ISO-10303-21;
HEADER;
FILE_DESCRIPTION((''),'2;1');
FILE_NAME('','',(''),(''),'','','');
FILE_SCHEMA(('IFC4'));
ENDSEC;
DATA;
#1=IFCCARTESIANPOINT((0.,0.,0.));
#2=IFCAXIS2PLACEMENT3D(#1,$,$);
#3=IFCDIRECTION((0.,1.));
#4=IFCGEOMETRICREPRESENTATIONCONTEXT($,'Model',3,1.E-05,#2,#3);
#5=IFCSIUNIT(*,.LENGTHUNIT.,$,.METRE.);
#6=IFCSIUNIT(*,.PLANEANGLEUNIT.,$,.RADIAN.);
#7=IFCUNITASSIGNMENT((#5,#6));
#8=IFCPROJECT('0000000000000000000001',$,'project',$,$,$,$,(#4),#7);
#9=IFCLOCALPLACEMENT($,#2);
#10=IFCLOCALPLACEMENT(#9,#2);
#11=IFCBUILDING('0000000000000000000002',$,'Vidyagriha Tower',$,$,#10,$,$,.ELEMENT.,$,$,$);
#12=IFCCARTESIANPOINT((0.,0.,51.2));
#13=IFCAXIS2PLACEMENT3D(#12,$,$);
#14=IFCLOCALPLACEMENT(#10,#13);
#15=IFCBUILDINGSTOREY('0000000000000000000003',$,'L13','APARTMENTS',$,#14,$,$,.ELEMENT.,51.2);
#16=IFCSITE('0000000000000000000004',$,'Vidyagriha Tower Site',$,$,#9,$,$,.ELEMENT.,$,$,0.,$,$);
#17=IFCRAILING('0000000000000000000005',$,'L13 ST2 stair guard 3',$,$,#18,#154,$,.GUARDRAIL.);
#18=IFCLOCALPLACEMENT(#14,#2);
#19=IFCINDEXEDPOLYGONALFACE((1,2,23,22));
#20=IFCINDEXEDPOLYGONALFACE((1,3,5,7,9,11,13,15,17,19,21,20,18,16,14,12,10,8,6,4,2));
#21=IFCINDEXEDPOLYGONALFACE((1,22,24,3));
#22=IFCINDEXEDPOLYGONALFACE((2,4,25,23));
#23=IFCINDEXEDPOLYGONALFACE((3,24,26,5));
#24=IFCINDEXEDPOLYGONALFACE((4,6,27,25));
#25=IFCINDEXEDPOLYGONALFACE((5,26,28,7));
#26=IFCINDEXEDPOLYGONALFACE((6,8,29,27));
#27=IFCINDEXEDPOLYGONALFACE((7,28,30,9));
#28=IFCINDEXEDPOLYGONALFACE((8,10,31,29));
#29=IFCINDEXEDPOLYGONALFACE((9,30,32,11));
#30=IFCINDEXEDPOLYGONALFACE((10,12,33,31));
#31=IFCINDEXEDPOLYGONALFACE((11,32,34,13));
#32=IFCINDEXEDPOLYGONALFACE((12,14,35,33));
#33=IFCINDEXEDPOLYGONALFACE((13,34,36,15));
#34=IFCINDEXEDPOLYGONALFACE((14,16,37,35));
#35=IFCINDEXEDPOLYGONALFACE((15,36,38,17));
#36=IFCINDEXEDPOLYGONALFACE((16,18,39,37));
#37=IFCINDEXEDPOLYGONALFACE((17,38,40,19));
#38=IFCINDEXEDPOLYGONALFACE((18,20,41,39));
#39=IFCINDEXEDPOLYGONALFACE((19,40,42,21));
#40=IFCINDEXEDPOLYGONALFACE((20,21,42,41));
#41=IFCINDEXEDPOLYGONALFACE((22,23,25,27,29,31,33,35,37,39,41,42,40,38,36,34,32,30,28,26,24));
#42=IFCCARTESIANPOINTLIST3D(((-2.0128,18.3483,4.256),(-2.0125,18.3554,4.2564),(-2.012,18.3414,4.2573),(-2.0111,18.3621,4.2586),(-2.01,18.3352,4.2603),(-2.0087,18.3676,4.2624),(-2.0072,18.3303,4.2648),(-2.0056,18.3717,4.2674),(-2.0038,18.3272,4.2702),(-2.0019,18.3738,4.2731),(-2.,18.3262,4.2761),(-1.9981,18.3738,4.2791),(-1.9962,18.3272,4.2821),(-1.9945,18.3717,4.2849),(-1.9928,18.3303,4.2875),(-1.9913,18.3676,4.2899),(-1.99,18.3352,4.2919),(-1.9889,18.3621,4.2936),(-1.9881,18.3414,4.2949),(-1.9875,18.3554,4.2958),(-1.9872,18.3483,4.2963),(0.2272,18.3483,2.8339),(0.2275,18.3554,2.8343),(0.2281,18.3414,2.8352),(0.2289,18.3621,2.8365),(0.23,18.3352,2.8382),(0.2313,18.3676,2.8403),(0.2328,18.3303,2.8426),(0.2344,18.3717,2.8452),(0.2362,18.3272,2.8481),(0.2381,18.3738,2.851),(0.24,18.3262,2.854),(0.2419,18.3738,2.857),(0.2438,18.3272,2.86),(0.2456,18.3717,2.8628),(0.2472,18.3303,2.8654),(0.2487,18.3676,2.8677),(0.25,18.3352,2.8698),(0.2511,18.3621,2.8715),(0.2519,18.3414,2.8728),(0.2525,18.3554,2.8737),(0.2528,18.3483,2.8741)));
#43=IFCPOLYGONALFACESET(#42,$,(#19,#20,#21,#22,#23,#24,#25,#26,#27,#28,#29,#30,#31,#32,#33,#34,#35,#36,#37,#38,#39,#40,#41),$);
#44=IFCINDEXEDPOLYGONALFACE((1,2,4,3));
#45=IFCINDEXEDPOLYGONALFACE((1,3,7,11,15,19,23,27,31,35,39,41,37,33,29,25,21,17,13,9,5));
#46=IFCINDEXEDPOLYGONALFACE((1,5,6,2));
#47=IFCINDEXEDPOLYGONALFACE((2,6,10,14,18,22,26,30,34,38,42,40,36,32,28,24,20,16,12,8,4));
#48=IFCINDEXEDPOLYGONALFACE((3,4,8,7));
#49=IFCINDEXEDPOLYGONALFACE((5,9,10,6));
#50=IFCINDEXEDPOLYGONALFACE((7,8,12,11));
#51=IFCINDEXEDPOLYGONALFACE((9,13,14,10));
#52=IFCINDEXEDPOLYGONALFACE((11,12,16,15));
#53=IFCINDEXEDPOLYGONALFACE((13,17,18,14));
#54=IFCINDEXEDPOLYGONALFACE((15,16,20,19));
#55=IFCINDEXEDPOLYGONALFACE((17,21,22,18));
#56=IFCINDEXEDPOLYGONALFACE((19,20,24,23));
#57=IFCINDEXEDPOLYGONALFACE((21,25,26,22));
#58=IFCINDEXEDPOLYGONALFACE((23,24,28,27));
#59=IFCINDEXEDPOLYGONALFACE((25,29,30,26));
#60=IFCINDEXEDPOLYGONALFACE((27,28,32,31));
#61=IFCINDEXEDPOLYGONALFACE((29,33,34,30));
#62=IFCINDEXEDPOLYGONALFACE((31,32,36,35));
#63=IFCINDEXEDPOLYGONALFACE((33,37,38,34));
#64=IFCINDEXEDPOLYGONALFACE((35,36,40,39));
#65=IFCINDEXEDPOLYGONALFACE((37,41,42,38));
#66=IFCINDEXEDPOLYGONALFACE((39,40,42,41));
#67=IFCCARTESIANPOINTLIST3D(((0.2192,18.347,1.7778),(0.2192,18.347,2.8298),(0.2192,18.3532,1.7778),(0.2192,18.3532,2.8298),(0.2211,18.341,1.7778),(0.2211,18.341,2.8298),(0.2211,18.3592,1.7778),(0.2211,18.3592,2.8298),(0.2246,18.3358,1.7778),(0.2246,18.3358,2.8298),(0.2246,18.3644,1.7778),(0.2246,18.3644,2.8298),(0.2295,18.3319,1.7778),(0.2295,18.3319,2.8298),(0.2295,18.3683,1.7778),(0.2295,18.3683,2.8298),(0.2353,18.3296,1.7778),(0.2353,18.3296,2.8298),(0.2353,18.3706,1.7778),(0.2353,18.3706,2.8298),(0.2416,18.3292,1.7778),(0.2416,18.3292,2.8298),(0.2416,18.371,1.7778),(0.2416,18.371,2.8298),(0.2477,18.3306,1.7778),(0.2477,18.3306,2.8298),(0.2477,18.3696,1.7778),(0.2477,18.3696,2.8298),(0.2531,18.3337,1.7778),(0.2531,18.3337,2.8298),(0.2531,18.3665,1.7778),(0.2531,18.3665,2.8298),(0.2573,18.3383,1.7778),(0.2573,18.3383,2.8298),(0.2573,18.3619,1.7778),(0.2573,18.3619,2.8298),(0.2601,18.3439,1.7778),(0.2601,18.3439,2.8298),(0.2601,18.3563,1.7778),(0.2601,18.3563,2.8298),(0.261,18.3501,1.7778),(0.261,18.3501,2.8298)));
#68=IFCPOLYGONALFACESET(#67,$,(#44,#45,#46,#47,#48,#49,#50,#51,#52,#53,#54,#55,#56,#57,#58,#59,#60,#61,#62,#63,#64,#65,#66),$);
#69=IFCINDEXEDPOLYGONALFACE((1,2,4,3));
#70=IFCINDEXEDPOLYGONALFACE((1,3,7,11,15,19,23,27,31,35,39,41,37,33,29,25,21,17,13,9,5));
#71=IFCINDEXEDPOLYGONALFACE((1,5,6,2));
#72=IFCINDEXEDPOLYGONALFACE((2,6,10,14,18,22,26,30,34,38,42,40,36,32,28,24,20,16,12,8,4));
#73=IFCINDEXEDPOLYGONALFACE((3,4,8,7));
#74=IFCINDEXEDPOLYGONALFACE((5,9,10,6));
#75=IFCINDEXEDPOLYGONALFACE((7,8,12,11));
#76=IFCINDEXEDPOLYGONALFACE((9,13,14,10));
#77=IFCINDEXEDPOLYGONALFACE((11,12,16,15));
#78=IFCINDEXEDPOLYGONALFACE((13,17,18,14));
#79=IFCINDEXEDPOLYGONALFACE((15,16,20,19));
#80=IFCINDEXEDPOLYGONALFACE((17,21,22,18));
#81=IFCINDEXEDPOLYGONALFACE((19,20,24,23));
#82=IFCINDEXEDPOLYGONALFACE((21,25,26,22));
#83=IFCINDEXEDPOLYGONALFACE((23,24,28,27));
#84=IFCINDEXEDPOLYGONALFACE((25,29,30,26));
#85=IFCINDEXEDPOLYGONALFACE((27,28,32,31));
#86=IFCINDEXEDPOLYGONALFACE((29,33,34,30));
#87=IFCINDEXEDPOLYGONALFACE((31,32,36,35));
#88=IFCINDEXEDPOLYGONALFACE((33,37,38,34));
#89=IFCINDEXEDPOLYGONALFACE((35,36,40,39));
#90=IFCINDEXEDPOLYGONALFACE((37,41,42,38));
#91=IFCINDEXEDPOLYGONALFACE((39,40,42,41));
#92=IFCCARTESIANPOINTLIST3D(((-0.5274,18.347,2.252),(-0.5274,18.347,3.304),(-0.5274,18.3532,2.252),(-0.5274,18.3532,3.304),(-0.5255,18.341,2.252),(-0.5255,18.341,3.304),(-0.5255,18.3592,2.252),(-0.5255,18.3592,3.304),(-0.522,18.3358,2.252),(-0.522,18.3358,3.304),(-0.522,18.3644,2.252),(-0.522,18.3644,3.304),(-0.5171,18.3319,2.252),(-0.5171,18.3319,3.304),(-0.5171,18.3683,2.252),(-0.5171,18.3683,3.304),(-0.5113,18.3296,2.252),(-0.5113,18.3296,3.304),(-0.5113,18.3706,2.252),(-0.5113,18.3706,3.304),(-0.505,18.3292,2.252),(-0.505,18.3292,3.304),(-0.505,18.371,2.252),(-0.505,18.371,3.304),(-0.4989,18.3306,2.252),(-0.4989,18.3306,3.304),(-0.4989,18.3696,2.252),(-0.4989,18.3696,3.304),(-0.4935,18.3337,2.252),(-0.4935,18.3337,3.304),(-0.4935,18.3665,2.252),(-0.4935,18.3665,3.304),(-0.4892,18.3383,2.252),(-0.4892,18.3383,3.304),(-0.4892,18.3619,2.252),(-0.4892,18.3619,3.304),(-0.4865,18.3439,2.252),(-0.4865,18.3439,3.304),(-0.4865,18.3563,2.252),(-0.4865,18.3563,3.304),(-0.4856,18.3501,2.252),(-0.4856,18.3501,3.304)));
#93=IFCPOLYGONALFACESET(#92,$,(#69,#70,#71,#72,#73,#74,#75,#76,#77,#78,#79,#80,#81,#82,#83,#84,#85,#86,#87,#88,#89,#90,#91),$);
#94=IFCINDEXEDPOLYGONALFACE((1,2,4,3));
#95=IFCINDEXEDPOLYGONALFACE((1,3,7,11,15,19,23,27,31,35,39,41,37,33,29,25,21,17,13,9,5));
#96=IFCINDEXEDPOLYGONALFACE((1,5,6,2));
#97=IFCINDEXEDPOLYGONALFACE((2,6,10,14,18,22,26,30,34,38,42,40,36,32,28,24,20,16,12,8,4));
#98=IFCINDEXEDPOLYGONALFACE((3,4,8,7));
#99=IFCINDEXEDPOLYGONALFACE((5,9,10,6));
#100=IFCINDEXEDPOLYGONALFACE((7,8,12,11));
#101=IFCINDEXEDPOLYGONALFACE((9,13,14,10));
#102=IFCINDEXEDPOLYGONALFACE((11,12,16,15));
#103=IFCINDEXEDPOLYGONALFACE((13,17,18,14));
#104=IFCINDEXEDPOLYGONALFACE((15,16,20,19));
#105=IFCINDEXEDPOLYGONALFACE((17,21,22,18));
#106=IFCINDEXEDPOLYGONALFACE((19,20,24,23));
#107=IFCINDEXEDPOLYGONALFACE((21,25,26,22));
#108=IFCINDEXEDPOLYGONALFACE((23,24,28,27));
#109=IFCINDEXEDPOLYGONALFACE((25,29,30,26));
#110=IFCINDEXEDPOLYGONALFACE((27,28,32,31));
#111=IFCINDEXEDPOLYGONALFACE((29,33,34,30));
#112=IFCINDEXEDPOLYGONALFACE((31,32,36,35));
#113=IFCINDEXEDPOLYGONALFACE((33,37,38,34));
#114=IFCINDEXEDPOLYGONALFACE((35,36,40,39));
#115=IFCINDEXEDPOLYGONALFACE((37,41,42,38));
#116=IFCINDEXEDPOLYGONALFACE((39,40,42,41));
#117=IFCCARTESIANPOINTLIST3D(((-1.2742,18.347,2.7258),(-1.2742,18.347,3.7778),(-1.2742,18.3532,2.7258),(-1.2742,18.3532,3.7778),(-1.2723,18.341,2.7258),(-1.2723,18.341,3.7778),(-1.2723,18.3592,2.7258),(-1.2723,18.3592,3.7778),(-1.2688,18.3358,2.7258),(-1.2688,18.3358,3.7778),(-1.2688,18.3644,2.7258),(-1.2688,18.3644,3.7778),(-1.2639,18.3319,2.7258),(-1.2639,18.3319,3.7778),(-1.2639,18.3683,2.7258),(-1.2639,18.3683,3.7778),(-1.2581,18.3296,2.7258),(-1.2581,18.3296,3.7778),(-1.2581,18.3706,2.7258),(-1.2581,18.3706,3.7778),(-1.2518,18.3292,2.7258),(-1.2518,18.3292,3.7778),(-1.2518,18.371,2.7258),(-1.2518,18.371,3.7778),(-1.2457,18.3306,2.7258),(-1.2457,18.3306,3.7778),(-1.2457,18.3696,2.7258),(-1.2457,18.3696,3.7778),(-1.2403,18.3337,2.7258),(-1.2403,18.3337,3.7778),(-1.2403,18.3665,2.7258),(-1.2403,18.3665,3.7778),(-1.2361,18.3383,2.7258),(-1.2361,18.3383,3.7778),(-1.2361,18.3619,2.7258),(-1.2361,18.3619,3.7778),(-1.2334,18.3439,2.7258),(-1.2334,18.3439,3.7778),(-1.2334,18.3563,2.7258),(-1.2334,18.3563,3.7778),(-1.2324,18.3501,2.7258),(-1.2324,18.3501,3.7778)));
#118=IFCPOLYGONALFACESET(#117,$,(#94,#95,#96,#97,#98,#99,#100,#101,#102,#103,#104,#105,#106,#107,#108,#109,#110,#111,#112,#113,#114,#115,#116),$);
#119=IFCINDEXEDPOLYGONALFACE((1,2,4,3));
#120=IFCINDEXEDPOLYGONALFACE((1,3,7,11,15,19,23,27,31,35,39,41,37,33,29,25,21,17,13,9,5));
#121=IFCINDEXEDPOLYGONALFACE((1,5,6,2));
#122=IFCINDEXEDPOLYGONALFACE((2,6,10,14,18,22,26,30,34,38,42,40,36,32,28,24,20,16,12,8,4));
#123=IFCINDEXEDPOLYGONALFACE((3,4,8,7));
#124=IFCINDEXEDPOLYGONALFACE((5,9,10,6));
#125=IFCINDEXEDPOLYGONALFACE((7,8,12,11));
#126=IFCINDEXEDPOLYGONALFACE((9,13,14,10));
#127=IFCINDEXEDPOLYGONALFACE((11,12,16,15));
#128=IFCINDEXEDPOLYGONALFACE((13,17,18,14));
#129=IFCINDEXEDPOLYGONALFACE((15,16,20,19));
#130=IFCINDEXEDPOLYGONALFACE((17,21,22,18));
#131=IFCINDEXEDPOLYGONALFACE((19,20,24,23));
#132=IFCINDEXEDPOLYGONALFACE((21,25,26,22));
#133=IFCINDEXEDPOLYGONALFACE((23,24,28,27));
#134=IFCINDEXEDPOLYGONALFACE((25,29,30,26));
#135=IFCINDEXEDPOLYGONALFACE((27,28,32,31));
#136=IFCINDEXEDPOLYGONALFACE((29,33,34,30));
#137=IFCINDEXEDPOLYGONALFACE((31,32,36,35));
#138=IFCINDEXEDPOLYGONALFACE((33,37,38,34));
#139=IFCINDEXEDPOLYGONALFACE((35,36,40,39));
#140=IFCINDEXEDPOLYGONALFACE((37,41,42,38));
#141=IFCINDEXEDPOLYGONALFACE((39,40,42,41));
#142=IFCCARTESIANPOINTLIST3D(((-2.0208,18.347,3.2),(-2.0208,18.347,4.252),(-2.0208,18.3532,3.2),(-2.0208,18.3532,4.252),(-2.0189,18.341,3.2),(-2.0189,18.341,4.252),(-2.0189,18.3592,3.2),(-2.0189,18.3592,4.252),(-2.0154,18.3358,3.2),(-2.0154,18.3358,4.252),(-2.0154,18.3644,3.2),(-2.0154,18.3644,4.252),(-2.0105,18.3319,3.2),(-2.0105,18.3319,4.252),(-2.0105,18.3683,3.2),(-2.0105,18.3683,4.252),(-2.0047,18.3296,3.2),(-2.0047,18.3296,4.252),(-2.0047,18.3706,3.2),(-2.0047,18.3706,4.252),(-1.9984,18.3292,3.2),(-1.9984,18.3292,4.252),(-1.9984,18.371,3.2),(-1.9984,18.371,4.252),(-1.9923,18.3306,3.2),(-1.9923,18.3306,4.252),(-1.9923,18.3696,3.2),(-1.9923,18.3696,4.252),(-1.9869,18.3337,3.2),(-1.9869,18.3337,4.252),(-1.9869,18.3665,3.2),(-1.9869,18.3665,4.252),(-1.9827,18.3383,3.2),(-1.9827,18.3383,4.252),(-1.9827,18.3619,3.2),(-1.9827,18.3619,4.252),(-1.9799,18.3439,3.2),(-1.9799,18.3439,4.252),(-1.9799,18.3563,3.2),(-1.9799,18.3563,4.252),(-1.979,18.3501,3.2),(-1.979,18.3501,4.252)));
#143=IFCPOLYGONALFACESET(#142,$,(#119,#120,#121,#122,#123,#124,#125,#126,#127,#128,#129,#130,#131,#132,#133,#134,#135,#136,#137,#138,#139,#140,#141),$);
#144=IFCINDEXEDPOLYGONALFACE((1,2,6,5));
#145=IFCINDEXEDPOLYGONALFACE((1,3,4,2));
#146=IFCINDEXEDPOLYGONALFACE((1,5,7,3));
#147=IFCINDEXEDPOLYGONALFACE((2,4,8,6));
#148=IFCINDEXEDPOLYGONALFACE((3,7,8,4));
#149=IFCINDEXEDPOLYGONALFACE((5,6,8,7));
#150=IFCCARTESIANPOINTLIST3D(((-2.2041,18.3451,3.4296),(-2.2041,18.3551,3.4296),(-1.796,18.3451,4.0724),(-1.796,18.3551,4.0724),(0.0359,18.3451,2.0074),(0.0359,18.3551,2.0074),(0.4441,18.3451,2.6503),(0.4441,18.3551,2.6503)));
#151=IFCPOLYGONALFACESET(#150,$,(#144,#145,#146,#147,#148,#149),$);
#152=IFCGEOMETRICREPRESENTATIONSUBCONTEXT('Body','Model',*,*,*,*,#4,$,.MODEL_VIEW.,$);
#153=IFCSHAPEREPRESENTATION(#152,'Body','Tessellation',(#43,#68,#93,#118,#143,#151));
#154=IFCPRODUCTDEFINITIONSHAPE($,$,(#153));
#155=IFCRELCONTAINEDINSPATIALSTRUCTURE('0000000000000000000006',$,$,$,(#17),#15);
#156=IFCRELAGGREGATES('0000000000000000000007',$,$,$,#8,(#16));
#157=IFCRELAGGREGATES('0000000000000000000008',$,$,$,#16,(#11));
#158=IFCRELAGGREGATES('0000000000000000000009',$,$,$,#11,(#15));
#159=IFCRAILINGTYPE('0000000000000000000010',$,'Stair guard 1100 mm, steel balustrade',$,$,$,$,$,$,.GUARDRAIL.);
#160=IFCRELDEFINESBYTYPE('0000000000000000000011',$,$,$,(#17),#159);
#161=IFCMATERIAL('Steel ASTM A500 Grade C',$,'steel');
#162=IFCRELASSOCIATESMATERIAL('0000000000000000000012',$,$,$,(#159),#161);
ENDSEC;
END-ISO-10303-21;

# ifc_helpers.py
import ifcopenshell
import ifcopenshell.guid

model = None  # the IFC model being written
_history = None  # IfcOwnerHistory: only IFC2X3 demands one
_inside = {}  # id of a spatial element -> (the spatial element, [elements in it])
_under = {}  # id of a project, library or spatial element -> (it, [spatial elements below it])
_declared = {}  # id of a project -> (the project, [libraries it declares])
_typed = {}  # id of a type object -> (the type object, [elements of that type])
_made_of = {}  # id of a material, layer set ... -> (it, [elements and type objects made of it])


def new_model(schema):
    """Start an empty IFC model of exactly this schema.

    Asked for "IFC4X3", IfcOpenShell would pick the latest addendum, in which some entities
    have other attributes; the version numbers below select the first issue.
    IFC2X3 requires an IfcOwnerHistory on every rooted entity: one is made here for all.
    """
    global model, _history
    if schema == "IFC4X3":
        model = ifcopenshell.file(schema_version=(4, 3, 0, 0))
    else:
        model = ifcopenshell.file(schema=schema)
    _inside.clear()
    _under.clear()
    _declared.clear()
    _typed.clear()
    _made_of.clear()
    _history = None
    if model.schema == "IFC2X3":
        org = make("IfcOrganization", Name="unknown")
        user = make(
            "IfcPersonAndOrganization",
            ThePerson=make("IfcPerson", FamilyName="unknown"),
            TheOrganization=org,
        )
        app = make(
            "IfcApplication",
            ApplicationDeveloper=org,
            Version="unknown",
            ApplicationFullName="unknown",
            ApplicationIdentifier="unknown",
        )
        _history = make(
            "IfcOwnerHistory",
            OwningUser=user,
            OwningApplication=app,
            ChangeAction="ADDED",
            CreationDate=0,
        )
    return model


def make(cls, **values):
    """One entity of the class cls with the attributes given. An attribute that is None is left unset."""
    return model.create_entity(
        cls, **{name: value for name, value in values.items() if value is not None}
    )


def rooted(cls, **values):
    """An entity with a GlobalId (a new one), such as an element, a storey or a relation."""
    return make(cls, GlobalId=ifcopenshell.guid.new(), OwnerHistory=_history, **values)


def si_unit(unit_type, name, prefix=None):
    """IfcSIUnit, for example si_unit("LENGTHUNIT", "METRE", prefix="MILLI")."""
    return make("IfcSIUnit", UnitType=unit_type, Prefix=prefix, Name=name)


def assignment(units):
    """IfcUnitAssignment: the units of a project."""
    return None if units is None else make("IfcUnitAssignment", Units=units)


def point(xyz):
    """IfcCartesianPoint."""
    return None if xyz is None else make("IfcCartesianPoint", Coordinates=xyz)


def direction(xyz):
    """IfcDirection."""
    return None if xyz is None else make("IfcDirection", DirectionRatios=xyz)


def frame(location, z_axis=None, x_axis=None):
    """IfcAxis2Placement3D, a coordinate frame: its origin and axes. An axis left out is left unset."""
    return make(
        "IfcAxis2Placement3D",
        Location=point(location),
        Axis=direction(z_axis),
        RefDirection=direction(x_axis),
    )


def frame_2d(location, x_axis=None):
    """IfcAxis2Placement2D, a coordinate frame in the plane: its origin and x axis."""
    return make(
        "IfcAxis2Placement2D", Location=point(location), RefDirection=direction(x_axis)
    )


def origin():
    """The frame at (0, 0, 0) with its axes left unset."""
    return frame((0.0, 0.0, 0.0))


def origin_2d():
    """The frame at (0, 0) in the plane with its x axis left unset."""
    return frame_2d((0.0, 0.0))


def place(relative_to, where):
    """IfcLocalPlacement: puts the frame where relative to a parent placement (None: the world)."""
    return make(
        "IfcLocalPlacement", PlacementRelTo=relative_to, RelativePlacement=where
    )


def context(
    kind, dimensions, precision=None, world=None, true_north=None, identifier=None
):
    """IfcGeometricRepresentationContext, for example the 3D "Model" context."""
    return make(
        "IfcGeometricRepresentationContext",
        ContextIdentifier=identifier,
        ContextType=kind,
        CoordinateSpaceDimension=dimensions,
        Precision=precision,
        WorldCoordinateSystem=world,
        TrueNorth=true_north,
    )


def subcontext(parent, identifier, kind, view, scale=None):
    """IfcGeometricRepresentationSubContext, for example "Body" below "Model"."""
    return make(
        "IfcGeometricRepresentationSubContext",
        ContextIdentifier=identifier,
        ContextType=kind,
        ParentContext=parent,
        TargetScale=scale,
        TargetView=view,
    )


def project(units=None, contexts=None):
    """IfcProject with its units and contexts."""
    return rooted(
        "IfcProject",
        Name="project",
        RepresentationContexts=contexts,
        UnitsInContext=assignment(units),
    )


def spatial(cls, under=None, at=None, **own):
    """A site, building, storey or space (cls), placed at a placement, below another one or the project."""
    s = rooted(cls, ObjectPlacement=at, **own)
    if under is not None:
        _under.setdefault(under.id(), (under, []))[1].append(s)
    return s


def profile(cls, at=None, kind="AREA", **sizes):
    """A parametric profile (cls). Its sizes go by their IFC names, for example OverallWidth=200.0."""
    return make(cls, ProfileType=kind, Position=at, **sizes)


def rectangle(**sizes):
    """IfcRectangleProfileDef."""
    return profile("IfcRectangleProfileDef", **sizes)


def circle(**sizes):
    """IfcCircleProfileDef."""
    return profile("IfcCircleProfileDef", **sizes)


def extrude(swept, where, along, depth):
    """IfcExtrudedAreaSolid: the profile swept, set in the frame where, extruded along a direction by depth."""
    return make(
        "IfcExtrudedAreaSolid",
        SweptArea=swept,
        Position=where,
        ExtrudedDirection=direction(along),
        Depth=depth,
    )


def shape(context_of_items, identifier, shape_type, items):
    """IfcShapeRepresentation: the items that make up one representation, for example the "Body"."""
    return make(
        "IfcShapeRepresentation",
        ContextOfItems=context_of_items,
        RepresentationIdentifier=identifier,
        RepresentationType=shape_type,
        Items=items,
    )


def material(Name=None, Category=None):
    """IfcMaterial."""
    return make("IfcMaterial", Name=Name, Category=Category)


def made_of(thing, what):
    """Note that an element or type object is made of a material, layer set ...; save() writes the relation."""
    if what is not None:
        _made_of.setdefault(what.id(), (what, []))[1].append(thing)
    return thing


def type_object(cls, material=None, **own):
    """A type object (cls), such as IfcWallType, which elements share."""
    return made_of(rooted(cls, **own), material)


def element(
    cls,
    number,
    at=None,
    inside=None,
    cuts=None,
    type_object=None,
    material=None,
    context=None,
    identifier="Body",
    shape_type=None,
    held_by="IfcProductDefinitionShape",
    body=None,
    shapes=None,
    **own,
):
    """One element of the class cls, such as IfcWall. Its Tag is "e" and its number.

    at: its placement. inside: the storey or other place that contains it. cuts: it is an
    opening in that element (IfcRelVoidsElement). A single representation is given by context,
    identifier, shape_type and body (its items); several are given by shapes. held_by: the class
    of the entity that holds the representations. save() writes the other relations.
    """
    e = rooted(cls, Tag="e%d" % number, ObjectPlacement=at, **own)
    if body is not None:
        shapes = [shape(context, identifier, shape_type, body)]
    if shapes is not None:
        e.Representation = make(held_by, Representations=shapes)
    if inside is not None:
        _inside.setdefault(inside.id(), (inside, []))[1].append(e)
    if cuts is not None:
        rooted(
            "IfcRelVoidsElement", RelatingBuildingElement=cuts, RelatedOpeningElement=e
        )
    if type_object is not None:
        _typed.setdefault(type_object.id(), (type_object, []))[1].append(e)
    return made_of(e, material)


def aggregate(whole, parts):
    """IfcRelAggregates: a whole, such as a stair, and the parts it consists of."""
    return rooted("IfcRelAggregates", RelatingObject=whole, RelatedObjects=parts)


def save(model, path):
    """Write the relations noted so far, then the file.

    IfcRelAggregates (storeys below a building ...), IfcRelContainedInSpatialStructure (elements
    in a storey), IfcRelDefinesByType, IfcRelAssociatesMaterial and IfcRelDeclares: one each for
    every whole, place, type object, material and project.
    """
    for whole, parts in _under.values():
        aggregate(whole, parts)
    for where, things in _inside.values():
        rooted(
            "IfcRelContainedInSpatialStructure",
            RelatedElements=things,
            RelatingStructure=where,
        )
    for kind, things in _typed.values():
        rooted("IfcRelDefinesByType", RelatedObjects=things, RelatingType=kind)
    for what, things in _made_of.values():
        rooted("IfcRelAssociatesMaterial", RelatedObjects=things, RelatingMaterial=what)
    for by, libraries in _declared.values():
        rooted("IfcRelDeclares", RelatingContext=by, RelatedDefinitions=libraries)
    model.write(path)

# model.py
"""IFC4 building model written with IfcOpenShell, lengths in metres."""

from ifc_helpers import new_model, si_unit, direction, frame, origin, origin_2d, place, context, subcontext, project, spatial, rectangle, circle, extrude, material, type_object, element, save


model = new_model("IFC4")

# Units and contexts
model_context = context("Model", 3, precision=1e-05, world=origin(), true_north=direction((0.0, 1.0)))
body_context = subcontext(model_context, "Body", "Model", "MODEL_VIEW")
ifc_project = project(units=[si_unit("LENGTHUNIT", "METRE"), si_unit("PLANEANGLEUNIT", "RADIAN")], contexts=[model_context])

# Site, building, storey
site_placement = place(None, origin())
site = spatial("IfcSite", under=ifc_project, at=site_placement, Name="Vidyagriha Tower Site", CompositionType="ELEMENT", RefElevation=0.0)
building_placement = place(site_placement, origin())
building = spatial("IfcBuilding", under=site, at=building_placement, Name="Vidyagriha Tower", CompositionType="ELEMENT")
storey_placement = place(building_placement, frame((0.0, 0.0, 51.2)))
storey = spatial("IfcBuildingStorey", under=building, at=storey_placement, Name="L13", Description="APARTMENTS", CompositionType="ELEMENT", Elevation=51.2)

# Railing
ifc_material_1 = material(Name="Steel ASTM A500 Grade C", Category="steel")
railing_type_1 = type_object("IfcRailingType", Name="Stair guard 1100 mm, steel balustrade", PredefinedType="GUARDRAIL", material=ifc_material_1)
railing_1_placement = place(storey_placement, frame((0.24, 18.3501, 1.7778)))
element("IfcRailing", 1, at=railing_1_placement, inside=storey, type_object=railing_type_1, Name="L13 ST2 stair guard 3", PredefinedType="GUARDRAIL", context=body_context, shape_type="SweptSolid", body=[
    extrude(circle(Radius=0.0239, at=origin_2d()), frame((0.0, 0.0, 1.0762), z_axis=(-0.844229, 0.0, 0.535982), x_axis=(0.0, -1.0, 0.0)), (0.0, 0.0, 1.0), 2.6533),
    extrude(circle(Radius=0.021, at=origin_2d()), origin(), (0.0, 0.0, 1.0), 1.052),
    extrude(circle(Radius=0.021, at=origin_2d()), frame((-0.7466, 0.0, 0.4741)), (0.0, 0.0, 1.0), 1.052),
    extrude(circle(Radius=0.021, at=origin_2d()), frame((-1.4934, 0.0, 0.948)), (0.0, 0.0, 1.0), 1.052),
    extrude(circle(Radius=0.021, at=origin_2d()), frame((-2.24, 0.0, 1.4221)), (0.0, 0.0, 1.0), 1.052),
    extrude(rectangle(XDim=0.01, YDim=0.7615, at=origin_2d()), frame((0.0, 0.0, 0.551), z_axis=(-0.844229, 0.0, 0.535982), x_axis=(0.0, -1.0, 0.0)), (0.0, 0.0, 1.0), 2.6533),
])

save(model, "model.ifc")
